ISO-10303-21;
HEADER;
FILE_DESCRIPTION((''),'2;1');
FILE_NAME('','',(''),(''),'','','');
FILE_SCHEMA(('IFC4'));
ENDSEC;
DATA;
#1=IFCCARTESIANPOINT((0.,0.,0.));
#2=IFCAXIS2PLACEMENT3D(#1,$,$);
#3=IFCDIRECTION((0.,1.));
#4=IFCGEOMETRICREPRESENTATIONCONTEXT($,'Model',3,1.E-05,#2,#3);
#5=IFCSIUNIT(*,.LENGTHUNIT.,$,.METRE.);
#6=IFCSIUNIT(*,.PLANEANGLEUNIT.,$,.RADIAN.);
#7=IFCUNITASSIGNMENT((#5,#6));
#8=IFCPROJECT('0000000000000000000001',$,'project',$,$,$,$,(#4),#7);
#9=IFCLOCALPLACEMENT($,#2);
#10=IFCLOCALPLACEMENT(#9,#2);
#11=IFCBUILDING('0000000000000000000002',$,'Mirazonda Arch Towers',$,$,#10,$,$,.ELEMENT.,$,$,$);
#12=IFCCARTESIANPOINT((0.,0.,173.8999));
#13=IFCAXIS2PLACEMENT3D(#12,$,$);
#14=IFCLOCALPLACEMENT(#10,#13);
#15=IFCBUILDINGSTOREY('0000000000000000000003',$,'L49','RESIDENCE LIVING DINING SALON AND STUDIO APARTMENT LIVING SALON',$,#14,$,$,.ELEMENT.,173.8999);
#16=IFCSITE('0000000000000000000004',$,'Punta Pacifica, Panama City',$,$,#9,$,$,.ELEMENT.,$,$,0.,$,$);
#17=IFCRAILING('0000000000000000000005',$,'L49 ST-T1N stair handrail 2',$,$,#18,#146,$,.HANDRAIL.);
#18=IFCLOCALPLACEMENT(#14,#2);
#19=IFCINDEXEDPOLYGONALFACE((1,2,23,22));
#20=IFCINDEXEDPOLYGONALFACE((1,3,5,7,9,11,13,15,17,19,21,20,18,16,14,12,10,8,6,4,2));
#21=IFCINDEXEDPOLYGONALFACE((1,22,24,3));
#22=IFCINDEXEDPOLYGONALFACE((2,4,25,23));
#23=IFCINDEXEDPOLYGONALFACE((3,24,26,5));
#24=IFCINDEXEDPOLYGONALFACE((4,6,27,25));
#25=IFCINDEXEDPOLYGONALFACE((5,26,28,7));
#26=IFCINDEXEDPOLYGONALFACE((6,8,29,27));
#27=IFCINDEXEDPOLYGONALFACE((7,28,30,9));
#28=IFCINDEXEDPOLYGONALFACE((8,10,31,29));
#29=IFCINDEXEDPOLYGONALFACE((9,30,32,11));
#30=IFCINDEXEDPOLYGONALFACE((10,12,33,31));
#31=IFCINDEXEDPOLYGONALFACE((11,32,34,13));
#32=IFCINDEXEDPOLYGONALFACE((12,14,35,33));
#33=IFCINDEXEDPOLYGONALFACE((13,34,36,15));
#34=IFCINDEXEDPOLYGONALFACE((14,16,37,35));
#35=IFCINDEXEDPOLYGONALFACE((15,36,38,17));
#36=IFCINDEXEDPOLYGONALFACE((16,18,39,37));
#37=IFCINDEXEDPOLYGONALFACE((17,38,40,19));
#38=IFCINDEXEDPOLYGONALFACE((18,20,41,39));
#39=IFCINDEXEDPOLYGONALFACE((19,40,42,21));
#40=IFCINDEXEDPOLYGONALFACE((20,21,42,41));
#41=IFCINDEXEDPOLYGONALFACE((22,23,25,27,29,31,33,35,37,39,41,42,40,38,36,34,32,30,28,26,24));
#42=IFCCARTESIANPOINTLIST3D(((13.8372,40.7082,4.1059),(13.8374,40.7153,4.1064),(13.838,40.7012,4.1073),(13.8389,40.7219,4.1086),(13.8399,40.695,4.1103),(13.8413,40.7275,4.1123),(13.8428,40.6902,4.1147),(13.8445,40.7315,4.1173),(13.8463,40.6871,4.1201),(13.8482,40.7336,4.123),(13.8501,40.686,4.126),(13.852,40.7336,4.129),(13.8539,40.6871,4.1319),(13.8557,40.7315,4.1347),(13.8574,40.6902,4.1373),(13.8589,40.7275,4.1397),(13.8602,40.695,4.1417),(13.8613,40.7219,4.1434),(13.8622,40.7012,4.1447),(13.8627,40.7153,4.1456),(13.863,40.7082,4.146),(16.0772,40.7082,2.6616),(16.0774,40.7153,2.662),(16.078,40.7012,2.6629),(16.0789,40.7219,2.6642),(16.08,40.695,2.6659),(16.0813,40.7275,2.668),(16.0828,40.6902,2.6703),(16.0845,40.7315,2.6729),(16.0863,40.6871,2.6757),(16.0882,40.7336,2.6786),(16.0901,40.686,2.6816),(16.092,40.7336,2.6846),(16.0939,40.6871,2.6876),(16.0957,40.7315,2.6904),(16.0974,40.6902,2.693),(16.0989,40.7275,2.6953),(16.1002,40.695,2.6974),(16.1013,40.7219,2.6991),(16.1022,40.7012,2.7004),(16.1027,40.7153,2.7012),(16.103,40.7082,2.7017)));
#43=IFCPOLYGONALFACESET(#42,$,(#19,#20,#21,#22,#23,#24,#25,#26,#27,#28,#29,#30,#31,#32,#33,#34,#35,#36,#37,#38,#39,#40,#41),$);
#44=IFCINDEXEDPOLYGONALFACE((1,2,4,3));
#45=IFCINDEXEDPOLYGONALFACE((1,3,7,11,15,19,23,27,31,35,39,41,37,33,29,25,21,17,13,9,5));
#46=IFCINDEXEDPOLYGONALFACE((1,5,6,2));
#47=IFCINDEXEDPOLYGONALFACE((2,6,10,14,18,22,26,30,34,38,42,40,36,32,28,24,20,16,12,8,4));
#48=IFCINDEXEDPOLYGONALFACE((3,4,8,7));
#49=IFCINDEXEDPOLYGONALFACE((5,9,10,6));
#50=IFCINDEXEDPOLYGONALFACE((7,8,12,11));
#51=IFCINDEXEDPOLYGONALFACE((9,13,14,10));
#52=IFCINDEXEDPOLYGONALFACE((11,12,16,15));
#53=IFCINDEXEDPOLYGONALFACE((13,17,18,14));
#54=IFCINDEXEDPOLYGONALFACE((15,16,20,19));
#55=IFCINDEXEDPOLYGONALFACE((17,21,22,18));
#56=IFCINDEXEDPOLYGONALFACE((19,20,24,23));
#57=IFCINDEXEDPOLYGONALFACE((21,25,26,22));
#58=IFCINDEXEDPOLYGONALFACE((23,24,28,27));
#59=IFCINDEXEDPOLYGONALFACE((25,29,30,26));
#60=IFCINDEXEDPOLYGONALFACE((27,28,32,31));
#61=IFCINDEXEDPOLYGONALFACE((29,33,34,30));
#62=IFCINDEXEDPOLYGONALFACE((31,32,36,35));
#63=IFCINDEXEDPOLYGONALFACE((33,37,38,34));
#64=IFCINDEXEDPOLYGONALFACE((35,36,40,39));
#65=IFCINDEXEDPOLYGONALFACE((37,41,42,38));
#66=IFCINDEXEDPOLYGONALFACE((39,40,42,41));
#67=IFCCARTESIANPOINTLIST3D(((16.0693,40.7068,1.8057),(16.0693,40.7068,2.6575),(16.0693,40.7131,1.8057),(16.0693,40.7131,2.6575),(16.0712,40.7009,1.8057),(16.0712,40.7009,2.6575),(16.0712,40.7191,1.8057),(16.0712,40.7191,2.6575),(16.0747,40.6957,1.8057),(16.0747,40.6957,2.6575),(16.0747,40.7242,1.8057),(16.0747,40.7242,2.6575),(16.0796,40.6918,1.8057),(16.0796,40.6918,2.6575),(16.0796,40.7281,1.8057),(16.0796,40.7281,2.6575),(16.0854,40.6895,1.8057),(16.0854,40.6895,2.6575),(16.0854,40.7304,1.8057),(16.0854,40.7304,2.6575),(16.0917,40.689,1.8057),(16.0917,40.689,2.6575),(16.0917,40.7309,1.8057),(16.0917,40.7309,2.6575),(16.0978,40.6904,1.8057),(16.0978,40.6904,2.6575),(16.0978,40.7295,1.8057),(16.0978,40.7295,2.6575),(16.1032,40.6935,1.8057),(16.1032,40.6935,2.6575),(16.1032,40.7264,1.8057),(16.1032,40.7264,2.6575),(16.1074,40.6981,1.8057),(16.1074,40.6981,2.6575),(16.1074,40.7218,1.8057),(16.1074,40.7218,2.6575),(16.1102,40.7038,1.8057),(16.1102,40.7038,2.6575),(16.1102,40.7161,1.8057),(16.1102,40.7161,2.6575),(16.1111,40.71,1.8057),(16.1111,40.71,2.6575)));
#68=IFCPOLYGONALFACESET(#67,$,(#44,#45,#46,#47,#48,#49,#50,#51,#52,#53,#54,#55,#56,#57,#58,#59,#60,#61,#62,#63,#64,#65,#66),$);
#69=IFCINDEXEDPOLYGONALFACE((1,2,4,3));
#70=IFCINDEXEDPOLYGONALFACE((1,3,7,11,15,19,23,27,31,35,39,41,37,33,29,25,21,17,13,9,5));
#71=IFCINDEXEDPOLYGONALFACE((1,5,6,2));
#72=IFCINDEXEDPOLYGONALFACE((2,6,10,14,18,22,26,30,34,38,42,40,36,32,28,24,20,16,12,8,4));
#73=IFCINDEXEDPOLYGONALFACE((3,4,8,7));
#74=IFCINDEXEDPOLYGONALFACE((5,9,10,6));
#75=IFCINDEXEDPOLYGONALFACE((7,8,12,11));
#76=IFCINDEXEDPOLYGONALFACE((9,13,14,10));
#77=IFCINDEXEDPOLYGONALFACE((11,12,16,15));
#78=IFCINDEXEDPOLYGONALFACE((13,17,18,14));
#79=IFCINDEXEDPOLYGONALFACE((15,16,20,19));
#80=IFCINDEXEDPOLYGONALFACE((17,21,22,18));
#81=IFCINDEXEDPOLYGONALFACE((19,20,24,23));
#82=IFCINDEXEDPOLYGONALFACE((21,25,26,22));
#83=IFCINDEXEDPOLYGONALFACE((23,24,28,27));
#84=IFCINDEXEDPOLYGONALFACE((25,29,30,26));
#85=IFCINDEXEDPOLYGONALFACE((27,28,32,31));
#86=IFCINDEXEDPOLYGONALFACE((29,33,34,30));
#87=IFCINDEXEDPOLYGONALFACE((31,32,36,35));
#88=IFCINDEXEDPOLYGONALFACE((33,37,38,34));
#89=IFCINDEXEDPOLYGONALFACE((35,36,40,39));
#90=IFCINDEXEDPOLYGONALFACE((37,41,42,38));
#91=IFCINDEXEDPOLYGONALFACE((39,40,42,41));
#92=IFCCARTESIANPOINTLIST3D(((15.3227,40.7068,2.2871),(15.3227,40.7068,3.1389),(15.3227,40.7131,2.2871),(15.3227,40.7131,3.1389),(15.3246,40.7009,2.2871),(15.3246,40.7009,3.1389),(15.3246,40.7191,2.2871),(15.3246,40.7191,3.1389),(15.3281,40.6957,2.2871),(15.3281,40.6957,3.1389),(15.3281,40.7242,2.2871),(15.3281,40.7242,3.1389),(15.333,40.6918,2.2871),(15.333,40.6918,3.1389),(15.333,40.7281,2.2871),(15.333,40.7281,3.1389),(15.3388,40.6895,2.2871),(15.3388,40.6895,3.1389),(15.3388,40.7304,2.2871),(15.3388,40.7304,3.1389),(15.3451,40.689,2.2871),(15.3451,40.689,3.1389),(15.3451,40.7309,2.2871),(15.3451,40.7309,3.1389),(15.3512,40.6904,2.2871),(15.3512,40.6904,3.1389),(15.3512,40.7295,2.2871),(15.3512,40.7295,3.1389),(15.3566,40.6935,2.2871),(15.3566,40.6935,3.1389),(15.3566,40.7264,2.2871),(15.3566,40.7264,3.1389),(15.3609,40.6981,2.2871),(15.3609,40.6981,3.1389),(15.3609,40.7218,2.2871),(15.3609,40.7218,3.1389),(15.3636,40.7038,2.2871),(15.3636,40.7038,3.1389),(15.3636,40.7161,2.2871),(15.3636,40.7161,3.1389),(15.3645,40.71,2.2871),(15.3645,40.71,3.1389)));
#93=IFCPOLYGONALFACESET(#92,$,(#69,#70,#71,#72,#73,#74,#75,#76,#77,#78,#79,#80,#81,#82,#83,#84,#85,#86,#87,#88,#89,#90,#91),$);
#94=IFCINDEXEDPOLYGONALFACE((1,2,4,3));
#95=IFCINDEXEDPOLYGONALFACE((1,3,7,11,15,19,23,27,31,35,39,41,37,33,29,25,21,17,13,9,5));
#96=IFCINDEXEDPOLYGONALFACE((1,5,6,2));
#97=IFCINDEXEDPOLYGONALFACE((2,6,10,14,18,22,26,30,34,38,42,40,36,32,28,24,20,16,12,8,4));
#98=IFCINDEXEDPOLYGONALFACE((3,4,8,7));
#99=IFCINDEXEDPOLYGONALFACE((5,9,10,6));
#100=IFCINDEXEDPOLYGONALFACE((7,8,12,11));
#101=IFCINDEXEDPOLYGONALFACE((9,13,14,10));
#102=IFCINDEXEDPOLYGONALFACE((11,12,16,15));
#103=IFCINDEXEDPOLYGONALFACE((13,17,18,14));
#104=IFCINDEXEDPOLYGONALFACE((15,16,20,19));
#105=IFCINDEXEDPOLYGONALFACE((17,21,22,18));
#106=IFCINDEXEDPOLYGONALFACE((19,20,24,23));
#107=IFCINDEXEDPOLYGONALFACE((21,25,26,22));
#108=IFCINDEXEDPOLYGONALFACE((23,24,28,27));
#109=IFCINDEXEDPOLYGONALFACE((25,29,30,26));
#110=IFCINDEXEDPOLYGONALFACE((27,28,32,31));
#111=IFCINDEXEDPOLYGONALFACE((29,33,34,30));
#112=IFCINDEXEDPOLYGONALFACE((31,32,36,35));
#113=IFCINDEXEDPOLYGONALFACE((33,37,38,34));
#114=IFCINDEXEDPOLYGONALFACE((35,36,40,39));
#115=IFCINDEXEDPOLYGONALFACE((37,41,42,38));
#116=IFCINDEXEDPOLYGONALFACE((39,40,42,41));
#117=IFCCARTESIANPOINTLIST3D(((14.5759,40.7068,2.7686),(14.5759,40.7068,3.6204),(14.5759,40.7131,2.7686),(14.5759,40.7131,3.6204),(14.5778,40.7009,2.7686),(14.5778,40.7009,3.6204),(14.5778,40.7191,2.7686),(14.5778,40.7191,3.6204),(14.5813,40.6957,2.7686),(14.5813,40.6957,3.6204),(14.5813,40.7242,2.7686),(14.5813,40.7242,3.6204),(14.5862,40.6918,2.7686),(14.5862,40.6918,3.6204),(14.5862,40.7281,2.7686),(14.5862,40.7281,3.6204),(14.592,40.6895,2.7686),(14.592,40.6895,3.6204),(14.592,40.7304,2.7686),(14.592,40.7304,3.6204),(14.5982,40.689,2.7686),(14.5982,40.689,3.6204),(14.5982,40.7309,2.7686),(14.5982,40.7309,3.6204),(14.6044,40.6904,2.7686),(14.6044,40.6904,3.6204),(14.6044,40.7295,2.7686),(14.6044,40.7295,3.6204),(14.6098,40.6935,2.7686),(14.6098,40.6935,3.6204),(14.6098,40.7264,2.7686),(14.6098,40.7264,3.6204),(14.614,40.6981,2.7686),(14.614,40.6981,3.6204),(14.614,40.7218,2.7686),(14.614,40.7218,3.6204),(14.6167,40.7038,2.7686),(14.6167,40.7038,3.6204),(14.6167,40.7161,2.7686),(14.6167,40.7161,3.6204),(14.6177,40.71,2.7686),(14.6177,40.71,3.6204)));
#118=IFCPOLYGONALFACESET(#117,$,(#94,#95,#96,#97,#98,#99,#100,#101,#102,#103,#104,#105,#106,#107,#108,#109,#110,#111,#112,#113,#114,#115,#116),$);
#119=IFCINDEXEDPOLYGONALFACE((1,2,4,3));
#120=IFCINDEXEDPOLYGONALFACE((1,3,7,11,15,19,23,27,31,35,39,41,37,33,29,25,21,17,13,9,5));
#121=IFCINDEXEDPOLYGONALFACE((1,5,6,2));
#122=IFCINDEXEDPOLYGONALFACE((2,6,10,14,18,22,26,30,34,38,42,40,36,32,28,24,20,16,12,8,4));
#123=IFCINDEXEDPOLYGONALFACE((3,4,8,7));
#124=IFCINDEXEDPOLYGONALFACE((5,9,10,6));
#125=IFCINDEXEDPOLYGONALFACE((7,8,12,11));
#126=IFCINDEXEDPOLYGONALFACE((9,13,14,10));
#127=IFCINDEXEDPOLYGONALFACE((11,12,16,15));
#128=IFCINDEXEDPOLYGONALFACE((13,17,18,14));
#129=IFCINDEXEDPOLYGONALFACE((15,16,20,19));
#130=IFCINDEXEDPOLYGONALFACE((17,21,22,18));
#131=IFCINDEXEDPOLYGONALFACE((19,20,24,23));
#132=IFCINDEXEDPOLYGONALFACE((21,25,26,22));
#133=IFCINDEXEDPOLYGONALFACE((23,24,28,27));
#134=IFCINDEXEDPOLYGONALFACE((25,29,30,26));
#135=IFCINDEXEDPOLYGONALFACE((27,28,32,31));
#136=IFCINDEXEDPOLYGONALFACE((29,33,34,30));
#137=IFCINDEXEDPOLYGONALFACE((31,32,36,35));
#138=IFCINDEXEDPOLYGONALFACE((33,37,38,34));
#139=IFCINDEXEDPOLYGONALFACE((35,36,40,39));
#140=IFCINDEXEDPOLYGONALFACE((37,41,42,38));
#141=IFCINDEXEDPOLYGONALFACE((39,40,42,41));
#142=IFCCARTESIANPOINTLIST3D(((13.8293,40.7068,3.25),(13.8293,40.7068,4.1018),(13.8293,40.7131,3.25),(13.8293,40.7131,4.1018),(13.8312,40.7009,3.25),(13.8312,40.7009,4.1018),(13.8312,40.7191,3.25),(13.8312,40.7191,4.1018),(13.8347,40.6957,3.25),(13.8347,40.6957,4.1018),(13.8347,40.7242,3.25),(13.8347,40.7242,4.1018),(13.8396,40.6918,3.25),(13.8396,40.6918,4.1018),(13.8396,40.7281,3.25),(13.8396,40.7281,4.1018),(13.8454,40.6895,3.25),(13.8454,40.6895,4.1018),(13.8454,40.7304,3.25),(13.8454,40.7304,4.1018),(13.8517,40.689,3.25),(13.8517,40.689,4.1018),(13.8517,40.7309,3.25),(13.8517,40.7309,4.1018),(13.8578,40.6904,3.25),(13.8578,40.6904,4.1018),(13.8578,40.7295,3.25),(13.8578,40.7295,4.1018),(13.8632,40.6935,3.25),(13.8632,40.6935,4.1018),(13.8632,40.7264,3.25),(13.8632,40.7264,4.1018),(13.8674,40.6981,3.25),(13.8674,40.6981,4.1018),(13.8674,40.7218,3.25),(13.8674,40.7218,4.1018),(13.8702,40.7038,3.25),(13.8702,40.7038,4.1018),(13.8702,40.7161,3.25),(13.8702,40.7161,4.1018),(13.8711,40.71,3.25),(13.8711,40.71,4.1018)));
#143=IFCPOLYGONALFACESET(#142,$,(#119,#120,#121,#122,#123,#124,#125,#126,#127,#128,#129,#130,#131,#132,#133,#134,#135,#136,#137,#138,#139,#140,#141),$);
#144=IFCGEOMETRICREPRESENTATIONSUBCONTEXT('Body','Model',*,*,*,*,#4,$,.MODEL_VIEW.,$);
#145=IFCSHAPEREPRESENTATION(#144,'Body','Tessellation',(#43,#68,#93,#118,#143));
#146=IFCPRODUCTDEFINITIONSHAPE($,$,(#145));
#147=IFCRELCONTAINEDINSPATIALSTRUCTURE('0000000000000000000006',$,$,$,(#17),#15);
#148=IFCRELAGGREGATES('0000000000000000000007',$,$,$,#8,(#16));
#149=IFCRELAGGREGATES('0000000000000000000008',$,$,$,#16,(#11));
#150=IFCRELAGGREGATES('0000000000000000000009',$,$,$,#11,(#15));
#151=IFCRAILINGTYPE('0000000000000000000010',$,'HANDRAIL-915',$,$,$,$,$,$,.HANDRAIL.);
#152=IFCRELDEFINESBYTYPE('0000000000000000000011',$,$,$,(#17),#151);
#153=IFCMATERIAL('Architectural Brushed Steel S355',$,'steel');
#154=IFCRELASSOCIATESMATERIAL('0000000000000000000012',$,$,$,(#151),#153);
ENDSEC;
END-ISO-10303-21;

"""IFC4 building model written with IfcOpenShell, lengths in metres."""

from ifc_helpers import new_model, si_unit, direction, frame, origin, origin_2d, place, context, subcontext, project, spatial, circle, extrude, material, type_object, element, save


model = new_model("IFC4")

# Units and contexts
model_context = context("Model", 3, precision=1e-05, world=origin(), true_north=direction((0.0, 1.0)))
body_context = subcontext(model_context, "Body", "Model", "MODEL_VIEW")
ifc_project = project(units=[si_unit("LENGTHUNIT", "METRE"), si_unit("PLANEANGLEUNIT", "RADIAN")], contexts=[model_context])

# Site, building, storey
site_placement = place(None, origin())
site = spatial("IfcSite", under=ifc_project, at=site_placement, Name="Punta Pacifica, Panama City", CompositionType="ELEMENT", RefElevation=0.0)
building_placement = place(site_placement, origin())
building = spatial("IfcBuilding", under=site, at=building_placement, Name="Mirazonda Arch Towers", CompositionType="ELEMENT")
storey_placement = place(building_placement, frame((0.0, 0.0, 173.8999)))
storey = spatial("IfcBuildingStorey", under=building, at=storey_placement, Name="L49", Description="RESIDENCE LIVING DINING SALON AND STUDIO APARTMENT LIVING SALON", CompositionType="ELEMENT", Elevation=173.8999)

# Shared definitions
ifc_material_1 = material(Name="Architectural Brushed Steel S355", Category="steel")

# Railing
railing_type_1 = type_object("IfcRailingType", Name="HANDRAIL-915", PredefinedType="HANDRAIL", material=ifc_material_1)
railing_1_placement = place(storey_placement, frame((16.0901, 40.71, 1.8057)))
element("IfcRailing", 1, at=railing_1_placement, inside=storey, type_object=railing_type_1, Name="L49 ST-T1N stair handrail 2", PredefinedType="HANDRAIL", context=body_context, shape_type="SweptSolid", body=[
    extrude(circle(Radius=0.0239, at=origin_2d()), frame((0.0, 0.0, 0.876), z_axis=(-0.840437, 0.0, 0.54191), x_axis=(0.0, -1.0, 0.0)), (0.0, 0.0, 1.0), 2.6653),
    extrude(circle(Radius=0.021, at=origin_2d()), origin(), (0.0, 0.0, 1.0), 0.8518),
    extrude(circle(Radius=0.021, at=origin_2d()), frame((-0.7466, 0.0, 0.4814)), (0.0, 0.0, 1.0), 0.8518),
    extrude(circle(Radius=0.021, at=origin_2d()), frame((-1.4934, 0.0, 0.9629)), (0.0, 0.0, 1.0), 0.8518),
    extrude(circle(Radius=0.021, at=origin_2d()), frame((-2.24, 0.0, 1.4443)), (0.0, 0.0, 1.0), 0.8518),
])

save(model, "model.ifc")
